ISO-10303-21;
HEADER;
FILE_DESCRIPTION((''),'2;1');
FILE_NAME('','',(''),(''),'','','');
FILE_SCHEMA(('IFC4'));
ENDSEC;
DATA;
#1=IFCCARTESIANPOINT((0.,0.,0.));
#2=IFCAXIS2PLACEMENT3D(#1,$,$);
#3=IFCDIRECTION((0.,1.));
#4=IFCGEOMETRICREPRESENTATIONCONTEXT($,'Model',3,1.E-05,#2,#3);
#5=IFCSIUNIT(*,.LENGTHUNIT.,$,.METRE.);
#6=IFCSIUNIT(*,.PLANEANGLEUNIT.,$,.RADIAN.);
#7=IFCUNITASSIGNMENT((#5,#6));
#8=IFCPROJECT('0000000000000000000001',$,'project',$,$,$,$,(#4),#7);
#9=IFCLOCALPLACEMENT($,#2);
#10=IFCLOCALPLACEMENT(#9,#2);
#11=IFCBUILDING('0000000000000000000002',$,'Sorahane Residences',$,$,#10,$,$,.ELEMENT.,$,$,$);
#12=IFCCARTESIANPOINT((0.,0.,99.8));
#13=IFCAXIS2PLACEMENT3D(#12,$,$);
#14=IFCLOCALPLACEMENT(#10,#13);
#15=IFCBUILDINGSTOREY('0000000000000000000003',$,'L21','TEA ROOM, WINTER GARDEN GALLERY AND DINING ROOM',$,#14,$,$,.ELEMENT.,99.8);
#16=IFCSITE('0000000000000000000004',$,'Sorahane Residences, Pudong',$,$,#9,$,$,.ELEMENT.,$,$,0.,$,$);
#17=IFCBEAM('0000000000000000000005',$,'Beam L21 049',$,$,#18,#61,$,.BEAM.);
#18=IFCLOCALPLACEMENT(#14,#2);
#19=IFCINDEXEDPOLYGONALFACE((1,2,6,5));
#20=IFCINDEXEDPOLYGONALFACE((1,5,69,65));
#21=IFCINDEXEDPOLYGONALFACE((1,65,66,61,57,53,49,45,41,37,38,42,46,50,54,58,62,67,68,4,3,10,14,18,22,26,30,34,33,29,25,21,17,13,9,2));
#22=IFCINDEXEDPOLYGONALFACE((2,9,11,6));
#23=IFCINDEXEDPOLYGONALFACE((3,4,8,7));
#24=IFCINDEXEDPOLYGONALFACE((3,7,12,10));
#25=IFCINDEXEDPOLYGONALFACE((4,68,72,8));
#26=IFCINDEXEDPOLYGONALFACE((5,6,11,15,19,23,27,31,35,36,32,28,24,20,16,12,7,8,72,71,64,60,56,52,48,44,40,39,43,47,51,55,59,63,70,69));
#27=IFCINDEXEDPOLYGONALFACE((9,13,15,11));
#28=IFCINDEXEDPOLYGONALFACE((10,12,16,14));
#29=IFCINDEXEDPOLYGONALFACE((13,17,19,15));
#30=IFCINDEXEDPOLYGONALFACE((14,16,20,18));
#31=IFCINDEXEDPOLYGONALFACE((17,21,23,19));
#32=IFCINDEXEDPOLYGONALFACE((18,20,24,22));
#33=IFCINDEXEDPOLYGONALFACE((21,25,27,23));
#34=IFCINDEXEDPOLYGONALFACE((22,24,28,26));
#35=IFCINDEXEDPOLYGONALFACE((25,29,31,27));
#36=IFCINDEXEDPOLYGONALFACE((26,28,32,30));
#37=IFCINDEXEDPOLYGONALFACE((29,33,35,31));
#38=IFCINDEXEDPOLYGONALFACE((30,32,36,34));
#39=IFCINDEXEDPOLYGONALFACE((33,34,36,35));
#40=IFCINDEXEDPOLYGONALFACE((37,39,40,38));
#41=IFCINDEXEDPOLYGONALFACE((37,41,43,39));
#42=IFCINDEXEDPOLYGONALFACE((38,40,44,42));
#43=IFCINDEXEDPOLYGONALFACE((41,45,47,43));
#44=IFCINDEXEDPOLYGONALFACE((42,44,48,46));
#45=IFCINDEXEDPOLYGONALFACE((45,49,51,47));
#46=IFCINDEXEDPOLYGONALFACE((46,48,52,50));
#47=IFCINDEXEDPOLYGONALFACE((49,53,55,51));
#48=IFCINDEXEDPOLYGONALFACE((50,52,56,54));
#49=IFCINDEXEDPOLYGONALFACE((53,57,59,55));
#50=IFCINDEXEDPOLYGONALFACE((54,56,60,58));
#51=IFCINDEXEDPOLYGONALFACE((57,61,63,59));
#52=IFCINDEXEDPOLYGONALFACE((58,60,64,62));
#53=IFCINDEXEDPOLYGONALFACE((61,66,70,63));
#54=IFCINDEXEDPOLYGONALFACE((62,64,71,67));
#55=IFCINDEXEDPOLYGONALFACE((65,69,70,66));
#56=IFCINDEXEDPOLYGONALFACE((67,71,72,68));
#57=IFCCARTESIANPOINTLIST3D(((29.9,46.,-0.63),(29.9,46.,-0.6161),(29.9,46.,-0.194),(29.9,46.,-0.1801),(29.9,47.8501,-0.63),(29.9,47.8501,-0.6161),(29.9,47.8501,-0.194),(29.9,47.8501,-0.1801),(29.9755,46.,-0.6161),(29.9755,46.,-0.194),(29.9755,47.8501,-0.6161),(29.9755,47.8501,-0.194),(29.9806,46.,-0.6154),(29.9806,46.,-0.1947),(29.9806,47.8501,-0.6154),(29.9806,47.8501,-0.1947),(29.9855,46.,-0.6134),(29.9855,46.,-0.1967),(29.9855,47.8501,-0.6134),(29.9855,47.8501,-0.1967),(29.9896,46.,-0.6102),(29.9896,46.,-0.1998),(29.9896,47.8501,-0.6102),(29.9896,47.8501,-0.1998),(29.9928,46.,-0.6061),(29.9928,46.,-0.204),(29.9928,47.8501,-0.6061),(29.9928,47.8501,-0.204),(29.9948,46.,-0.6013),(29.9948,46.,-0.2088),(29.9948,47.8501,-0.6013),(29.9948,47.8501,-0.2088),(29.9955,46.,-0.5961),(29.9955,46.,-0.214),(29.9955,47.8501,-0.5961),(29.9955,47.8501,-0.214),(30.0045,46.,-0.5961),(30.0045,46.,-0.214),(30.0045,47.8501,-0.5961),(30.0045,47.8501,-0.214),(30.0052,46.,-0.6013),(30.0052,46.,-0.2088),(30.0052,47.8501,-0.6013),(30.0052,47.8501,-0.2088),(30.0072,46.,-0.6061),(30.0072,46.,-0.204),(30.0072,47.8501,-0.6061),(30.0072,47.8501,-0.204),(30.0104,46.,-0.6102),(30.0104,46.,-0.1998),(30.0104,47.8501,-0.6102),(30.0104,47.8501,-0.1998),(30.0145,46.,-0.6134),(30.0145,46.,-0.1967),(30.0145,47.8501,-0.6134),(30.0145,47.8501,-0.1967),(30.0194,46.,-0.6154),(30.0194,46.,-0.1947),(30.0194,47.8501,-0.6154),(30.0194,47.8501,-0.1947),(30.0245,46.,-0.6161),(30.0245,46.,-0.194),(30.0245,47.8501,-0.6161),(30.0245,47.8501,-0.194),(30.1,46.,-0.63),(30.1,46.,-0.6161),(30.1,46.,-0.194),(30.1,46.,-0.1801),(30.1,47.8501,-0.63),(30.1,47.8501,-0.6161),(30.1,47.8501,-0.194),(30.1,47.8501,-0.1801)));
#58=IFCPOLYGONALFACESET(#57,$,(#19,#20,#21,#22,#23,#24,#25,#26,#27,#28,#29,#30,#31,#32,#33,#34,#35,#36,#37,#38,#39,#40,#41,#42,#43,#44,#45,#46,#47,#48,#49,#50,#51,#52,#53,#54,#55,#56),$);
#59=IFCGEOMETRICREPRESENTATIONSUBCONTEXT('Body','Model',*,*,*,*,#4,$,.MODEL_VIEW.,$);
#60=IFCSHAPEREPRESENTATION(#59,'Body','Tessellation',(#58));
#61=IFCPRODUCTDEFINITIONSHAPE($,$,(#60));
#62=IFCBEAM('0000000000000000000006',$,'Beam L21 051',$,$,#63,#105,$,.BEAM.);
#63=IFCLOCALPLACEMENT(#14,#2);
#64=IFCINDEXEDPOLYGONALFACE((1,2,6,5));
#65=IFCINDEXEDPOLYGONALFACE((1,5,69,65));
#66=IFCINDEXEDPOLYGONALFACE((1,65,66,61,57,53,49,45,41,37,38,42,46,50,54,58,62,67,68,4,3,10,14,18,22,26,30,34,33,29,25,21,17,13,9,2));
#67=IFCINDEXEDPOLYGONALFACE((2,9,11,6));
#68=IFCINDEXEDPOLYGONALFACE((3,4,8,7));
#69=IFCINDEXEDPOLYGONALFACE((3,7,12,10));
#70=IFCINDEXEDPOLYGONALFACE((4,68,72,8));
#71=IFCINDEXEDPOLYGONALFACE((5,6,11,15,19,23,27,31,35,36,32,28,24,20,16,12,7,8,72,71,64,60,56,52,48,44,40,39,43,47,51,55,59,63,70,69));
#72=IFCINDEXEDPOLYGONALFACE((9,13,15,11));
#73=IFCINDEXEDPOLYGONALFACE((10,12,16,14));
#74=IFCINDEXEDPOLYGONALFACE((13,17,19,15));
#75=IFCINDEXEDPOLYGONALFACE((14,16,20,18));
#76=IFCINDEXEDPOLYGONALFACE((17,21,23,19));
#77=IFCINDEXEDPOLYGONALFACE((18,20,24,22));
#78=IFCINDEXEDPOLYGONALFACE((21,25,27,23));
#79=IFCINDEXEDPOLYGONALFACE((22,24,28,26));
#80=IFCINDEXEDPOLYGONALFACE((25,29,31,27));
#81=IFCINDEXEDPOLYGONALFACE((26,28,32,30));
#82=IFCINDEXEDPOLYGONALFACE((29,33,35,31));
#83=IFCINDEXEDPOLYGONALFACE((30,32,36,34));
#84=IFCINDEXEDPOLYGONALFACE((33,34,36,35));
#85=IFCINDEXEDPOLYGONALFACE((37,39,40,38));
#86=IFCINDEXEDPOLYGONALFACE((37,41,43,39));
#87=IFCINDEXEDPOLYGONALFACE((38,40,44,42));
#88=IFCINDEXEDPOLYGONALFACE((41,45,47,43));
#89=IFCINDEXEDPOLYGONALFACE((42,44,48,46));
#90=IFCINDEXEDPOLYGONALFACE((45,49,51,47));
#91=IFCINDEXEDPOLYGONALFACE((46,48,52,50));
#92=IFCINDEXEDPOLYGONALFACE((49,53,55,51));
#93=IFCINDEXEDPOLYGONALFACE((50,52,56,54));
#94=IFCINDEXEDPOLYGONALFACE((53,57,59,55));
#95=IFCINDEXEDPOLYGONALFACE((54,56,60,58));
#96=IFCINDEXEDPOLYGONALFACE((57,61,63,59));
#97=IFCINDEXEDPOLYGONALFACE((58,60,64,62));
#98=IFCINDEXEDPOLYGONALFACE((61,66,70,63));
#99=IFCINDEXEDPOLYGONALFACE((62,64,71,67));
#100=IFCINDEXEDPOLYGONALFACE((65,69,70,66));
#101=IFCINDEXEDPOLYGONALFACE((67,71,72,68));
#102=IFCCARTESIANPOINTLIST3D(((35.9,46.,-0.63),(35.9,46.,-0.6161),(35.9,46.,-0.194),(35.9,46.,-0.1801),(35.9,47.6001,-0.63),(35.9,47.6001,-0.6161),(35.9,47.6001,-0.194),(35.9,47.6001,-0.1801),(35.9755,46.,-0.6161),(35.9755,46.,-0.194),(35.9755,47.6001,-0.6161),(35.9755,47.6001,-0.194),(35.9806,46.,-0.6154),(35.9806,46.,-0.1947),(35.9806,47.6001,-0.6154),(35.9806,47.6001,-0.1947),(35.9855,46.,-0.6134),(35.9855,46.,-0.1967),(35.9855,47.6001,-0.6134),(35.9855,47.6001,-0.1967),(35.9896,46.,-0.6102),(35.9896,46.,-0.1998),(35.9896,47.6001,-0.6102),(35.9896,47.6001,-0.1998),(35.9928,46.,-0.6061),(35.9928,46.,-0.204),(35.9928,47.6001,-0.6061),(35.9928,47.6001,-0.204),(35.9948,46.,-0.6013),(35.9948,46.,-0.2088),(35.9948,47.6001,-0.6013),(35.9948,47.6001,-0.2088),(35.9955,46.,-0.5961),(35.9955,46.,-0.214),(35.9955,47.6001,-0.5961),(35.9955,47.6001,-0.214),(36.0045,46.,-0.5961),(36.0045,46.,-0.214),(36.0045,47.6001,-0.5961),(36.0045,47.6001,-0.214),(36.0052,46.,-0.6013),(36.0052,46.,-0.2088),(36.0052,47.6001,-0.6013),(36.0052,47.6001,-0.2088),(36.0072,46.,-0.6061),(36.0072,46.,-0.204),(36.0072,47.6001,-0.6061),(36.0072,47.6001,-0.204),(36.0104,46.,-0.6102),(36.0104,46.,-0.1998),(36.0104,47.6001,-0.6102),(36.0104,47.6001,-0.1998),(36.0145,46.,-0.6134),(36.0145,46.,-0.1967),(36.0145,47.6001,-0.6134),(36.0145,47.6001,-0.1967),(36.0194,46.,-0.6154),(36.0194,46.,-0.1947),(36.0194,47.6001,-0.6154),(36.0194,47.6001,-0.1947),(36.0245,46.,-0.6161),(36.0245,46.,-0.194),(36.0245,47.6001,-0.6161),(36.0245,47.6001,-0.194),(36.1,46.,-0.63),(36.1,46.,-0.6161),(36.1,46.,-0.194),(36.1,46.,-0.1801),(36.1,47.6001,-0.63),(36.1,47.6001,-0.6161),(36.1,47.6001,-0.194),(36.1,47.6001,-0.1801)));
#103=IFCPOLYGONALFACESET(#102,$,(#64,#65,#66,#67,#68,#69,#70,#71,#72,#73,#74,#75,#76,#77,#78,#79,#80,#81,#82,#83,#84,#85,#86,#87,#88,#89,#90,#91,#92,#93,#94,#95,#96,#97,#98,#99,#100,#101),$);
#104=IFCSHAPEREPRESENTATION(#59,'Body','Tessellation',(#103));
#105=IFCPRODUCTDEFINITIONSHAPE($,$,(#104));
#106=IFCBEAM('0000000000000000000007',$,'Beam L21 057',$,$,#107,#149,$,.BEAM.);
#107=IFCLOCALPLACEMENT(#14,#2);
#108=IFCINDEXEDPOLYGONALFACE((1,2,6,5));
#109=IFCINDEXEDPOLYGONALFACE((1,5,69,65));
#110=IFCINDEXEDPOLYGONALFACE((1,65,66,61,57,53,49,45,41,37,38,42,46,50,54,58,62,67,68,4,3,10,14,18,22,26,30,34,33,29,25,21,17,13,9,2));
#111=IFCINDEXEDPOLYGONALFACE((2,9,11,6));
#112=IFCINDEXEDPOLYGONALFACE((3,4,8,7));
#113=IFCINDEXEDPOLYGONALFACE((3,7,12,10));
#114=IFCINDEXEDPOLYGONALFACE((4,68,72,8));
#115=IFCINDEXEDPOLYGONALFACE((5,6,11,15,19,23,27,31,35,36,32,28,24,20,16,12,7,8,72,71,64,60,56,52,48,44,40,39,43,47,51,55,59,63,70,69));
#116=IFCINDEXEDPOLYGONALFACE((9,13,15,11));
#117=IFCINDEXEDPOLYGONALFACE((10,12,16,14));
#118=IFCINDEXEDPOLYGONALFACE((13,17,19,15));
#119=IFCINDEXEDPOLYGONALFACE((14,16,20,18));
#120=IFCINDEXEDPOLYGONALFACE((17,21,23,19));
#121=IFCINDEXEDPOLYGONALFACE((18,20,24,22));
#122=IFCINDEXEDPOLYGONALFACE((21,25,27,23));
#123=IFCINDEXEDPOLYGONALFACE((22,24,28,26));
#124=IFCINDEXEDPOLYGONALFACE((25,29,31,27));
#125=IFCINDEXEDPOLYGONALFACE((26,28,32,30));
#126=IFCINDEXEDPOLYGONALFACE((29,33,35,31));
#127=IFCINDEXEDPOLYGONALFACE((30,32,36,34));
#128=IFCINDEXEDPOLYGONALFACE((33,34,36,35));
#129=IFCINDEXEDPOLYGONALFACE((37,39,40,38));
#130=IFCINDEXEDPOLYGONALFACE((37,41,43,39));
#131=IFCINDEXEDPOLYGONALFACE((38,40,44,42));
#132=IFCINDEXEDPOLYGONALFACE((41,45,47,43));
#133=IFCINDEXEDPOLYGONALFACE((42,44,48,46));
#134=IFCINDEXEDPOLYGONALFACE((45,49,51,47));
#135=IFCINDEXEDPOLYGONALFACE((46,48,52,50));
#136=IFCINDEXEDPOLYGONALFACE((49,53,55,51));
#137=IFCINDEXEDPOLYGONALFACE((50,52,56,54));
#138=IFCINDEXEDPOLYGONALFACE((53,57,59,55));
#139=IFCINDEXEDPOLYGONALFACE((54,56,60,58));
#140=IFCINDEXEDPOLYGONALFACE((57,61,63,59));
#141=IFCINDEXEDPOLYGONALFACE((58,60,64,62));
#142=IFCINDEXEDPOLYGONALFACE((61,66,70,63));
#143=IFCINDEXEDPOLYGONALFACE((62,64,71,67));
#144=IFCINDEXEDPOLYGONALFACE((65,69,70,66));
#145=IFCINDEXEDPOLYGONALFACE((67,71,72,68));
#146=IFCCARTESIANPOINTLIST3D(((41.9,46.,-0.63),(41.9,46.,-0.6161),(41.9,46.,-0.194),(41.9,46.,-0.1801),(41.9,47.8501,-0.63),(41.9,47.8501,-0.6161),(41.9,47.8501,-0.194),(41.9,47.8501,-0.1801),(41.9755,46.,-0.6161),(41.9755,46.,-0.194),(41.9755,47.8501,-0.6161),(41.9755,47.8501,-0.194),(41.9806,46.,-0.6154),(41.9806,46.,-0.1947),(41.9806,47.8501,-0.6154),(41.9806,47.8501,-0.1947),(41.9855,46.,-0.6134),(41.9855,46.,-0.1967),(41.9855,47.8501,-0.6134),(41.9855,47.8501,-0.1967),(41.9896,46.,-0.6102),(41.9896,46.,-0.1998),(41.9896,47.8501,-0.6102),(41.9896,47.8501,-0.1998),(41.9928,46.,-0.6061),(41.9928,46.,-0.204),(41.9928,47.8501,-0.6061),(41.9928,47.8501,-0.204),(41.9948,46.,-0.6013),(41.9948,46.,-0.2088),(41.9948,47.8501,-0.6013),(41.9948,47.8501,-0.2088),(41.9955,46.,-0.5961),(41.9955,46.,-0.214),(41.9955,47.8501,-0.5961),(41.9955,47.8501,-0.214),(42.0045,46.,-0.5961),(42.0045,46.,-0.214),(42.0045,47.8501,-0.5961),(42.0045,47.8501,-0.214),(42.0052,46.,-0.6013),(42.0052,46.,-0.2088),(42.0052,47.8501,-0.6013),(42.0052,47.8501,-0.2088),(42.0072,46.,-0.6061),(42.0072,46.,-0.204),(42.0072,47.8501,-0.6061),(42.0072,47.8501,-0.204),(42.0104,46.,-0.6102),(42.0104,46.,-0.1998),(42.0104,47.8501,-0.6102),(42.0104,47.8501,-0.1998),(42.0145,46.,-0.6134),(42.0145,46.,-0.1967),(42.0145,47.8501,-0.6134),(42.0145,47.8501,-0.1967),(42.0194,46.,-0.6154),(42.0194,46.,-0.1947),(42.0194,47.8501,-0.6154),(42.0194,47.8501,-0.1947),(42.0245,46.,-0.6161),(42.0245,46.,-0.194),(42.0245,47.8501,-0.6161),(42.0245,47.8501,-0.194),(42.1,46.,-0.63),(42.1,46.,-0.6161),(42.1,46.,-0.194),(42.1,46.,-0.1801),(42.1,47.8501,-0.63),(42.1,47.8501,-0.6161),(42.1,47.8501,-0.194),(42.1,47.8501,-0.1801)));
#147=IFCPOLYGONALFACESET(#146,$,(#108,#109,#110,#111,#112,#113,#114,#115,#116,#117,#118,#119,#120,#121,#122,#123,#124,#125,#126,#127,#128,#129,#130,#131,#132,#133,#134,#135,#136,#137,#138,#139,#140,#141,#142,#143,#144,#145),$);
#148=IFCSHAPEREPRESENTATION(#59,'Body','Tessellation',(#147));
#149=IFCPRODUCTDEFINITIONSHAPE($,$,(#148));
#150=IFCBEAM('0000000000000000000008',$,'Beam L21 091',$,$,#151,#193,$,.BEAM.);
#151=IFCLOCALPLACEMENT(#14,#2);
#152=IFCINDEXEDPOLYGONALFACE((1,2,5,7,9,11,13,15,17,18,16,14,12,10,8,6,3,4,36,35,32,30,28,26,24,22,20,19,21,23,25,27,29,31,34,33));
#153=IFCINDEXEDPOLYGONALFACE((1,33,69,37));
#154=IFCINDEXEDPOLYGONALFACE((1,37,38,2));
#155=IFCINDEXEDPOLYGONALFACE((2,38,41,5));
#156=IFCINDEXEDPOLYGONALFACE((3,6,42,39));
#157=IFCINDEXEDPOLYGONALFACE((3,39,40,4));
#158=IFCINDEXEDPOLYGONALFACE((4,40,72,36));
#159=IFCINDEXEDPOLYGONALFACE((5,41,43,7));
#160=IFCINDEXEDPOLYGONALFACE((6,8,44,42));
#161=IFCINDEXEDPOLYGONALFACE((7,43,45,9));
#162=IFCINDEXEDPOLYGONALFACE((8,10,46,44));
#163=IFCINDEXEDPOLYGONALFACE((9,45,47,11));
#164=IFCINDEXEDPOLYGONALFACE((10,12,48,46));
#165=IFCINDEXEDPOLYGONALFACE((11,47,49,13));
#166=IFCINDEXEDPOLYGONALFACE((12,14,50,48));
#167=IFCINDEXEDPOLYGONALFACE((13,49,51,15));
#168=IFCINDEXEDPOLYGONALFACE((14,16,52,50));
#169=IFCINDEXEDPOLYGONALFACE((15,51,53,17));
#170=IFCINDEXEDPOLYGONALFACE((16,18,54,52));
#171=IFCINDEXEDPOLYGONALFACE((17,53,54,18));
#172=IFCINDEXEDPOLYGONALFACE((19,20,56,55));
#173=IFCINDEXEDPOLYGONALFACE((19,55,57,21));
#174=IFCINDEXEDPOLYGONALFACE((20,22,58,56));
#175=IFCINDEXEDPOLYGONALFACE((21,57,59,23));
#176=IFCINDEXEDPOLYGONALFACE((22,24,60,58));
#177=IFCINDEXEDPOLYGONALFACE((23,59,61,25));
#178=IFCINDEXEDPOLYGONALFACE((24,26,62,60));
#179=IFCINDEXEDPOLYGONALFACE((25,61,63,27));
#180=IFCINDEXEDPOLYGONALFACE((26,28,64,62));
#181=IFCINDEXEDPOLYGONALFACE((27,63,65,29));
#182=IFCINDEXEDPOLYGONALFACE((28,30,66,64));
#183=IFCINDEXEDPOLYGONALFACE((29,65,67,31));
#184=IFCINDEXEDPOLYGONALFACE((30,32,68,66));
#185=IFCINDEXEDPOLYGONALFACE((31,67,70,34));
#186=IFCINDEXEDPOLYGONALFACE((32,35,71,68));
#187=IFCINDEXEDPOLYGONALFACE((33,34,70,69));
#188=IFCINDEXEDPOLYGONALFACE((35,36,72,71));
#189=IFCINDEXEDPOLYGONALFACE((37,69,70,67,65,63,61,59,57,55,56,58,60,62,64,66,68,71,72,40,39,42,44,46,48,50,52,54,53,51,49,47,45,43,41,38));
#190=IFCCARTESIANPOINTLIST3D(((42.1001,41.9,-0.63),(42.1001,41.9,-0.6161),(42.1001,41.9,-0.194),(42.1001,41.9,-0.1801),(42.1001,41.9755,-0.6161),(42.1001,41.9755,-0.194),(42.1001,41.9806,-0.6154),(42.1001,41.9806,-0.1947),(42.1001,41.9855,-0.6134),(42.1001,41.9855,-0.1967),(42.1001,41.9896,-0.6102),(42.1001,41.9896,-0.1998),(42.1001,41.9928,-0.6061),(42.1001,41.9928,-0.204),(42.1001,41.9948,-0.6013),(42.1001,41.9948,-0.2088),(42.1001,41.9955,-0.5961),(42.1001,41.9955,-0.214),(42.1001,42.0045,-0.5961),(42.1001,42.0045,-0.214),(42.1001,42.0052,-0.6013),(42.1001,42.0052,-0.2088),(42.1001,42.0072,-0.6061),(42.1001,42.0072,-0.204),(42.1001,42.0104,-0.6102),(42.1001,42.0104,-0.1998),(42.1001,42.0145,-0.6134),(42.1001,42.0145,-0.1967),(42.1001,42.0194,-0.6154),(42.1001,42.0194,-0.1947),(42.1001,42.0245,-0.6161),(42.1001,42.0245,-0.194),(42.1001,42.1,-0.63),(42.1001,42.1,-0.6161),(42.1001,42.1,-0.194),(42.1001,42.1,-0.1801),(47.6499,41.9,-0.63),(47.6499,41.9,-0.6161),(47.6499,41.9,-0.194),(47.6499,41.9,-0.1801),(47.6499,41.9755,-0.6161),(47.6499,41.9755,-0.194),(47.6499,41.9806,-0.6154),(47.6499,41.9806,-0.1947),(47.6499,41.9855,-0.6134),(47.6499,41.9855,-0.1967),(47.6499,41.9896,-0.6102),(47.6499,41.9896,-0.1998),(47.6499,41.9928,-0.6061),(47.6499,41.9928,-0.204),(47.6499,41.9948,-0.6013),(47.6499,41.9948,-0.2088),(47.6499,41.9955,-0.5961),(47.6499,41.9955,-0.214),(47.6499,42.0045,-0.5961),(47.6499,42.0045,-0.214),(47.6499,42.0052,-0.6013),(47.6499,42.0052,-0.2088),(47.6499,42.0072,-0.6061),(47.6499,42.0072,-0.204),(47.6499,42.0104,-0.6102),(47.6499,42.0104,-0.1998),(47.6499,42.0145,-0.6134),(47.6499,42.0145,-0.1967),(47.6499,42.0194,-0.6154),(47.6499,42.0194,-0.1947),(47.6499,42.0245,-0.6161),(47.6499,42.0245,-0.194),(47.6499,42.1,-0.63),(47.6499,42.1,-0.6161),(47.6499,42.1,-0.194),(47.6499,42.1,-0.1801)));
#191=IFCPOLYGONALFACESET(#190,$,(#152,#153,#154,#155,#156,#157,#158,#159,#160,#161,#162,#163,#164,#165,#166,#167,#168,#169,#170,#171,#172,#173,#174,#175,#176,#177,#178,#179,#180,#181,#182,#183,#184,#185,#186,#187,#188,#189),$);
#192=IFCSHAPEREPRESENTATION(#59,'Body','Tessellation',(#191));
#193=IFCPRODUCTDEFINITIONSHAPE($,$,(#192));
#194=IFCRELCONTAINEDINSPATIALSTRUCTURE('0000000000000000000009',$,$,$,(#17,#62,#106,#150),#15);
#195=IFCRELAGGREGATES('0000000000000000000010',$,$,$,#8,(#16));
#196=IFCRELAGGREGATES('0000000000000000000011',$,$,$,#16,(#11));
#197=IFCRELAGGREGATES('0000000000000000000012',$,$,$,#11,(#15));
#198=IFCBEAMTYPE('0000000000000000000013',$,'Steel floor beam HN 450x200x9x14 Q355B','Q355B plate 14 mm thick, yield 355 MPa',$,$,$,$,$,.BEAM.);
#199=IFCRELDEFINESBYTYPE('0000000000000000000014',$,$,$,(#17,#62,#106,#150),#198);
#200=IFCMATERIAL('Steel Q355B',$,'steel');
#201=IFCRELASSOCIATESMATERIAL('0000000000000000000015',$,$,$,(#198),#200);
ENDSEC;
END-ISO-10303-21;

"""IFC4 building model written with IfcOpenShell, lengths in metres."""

from ifc_helpers import new_model, si_unit, direction, frame, origin, origin_2d, place, context, subcontext, project, spatial, i_section, extrude, material, material_profile, profile_set, type_object, element, save


model = new_model("IFC4")

# Units and contexts
model_context = context("Model", 3, precision=1e-05, world=origin(), true_north=direction((0.0, 1.0)))
body_context = subcontext(model_context, "Body", "Model", "MODEL_VIEW")
ifc_project = project(units=[si_unit("LENGTHUNIT", "METRE"), si_unit("PLANEANGLEUNIT", "RADIAN")], contexts=[model_context])

# Site, building, storey
site_placement = place(None, origin())
site = spatial("IfcSite", under=ifc_project, at=site_placement, Name="Sorahane Residences, Pudong", CompositionType="ELEMENT", RefElevation=0.0)
building_placement = place(site_placement, origin())
building = spatial("IfcBuilding", under=site, at=building_placement, Name="Sorahane Residences", CompositionType="ELEMENT")
storey_placement = place(building_placement, frame((0.0, 0.0, 99.8)))
storey = spatial("IfcBuildingStorey", under=building, at=storey_placement, Name="L21", Description="TEA ROOM, WINTER GARDEN GALLERY AND DINING ROOM", CompositionType="ELEMENT", Elevation=99.8)

# Beams
ifc_material_1 = material(Name="Steel Q355B", Category="steel")
ifc_material_profile_1 = material_profile(ifc_material_1, i_section(OverallWidth=0.2, OverallDepth=0.45, WebThickness=0.009, FlangeThickness=0.0139, FilletRadius=0.02, at=origin_2d()), Name="HN 450x200x9x14")
ifc_profile_set_1 = profile_set([ifc_material_profile_1], Name="Steel Q355B")
beam_type_1 = type_object("IfcBeamType", Name="Steel floor beam HN 450x200x9x14 Q355B", Description="Q355B plate 14 mm thick, yield 355 MPa", PredefinedType="BEAM", material=ifc_profile_set_1)
beam_1_placement = place(storey_placement, frame((30.0, 46.0, -0.405), z_axis=(0.0, 1.0, 0.0), x_axis=(-1.0, 0.0, 0.0)))
element("IfcBeam", 1, at=beam_1_placement, inside=storey, type_object=beam_type_1, Name="Beam L21 049", PredefinedType="BEAM", context=body_context, shape_type="SweptSolid", body=[
    extrude(i_section(OverallWidth=0.2, OverallDepth=0.45, WebThickness=0.009, FlangeThickness=0.0139, FilletRadius=0.02, at=origin_2d()), origin(), (0.0, 0.0, 1.0), 1.8501),
])
beam_2_placement = place(storey_placement, frame((36.0, 46.0, -0.405), z_axis=(0.0, 1.0, 0.0), x_axis=(-1.0, 0.0, 0.0)))
element("IfcBeam", 2, at=beam_2_placement, inside=storey, type_object=beam_type_1, Name="Beam L21 051", PredefinedType="BEAM", context=body_context, shape_type="SweptSolid", body=[
    extrude(i_section(OverallWidth=0.2, OverallDepth=0.45, WebThickness=0.009, FlangeThickness=0.0139, FilletRadius=0.02, at=origin_2d()), origin(), (0.0, 0.0, 1.0), 1.6001),
])
beam_3_placement = place(storey_placement, frame((42.0, 46.0, -0.405), z_axis=(0.0, 1.0, 0.0), x_axis=(-1.0, 0.0, 0.0)))
element("IfcBeam", 3, at=beam_3_placement, inside=storey, type_object=beam_type_1, Name="Beam L21 057", PredefinedType="BEAM", context=body_context, shape_type="SweptSolid", body=[
    extrude(i_section(OverallWidth=0.2, OverallDepth=0.45, WebThickness=0.009, FlangeThickness=0.0139, FilletRadius=0.02, at=origin_2d()), origin(), (0.0, 0.0, 1.0), 1.8501),
])
beam_4_placement = place(storey_placement, frame((42.1001, 42.0, -0.405), z_axis=(1.0, 0.0, 0.0), x_axis=(0.0, 1.0, 0.0)))
element("IfcBeam", 4, at=beam_4_placement, inside=storey, type_object=beam_type_1, Name="Beam L21 091", PredefinedType="BEAM", context=body_context, shape_type="SweptSolid", body=[
    extrude(i_section(OverallWidth=0.2, OverallDepth=0.45, WebThickness=0.009, FlangeThickness=0.0139, FilletRadius=0.02, at=origin_2d()), origin(), (0.0, 0.0, 1.0), 5.5498),
])

save(model, "model.ifc")
